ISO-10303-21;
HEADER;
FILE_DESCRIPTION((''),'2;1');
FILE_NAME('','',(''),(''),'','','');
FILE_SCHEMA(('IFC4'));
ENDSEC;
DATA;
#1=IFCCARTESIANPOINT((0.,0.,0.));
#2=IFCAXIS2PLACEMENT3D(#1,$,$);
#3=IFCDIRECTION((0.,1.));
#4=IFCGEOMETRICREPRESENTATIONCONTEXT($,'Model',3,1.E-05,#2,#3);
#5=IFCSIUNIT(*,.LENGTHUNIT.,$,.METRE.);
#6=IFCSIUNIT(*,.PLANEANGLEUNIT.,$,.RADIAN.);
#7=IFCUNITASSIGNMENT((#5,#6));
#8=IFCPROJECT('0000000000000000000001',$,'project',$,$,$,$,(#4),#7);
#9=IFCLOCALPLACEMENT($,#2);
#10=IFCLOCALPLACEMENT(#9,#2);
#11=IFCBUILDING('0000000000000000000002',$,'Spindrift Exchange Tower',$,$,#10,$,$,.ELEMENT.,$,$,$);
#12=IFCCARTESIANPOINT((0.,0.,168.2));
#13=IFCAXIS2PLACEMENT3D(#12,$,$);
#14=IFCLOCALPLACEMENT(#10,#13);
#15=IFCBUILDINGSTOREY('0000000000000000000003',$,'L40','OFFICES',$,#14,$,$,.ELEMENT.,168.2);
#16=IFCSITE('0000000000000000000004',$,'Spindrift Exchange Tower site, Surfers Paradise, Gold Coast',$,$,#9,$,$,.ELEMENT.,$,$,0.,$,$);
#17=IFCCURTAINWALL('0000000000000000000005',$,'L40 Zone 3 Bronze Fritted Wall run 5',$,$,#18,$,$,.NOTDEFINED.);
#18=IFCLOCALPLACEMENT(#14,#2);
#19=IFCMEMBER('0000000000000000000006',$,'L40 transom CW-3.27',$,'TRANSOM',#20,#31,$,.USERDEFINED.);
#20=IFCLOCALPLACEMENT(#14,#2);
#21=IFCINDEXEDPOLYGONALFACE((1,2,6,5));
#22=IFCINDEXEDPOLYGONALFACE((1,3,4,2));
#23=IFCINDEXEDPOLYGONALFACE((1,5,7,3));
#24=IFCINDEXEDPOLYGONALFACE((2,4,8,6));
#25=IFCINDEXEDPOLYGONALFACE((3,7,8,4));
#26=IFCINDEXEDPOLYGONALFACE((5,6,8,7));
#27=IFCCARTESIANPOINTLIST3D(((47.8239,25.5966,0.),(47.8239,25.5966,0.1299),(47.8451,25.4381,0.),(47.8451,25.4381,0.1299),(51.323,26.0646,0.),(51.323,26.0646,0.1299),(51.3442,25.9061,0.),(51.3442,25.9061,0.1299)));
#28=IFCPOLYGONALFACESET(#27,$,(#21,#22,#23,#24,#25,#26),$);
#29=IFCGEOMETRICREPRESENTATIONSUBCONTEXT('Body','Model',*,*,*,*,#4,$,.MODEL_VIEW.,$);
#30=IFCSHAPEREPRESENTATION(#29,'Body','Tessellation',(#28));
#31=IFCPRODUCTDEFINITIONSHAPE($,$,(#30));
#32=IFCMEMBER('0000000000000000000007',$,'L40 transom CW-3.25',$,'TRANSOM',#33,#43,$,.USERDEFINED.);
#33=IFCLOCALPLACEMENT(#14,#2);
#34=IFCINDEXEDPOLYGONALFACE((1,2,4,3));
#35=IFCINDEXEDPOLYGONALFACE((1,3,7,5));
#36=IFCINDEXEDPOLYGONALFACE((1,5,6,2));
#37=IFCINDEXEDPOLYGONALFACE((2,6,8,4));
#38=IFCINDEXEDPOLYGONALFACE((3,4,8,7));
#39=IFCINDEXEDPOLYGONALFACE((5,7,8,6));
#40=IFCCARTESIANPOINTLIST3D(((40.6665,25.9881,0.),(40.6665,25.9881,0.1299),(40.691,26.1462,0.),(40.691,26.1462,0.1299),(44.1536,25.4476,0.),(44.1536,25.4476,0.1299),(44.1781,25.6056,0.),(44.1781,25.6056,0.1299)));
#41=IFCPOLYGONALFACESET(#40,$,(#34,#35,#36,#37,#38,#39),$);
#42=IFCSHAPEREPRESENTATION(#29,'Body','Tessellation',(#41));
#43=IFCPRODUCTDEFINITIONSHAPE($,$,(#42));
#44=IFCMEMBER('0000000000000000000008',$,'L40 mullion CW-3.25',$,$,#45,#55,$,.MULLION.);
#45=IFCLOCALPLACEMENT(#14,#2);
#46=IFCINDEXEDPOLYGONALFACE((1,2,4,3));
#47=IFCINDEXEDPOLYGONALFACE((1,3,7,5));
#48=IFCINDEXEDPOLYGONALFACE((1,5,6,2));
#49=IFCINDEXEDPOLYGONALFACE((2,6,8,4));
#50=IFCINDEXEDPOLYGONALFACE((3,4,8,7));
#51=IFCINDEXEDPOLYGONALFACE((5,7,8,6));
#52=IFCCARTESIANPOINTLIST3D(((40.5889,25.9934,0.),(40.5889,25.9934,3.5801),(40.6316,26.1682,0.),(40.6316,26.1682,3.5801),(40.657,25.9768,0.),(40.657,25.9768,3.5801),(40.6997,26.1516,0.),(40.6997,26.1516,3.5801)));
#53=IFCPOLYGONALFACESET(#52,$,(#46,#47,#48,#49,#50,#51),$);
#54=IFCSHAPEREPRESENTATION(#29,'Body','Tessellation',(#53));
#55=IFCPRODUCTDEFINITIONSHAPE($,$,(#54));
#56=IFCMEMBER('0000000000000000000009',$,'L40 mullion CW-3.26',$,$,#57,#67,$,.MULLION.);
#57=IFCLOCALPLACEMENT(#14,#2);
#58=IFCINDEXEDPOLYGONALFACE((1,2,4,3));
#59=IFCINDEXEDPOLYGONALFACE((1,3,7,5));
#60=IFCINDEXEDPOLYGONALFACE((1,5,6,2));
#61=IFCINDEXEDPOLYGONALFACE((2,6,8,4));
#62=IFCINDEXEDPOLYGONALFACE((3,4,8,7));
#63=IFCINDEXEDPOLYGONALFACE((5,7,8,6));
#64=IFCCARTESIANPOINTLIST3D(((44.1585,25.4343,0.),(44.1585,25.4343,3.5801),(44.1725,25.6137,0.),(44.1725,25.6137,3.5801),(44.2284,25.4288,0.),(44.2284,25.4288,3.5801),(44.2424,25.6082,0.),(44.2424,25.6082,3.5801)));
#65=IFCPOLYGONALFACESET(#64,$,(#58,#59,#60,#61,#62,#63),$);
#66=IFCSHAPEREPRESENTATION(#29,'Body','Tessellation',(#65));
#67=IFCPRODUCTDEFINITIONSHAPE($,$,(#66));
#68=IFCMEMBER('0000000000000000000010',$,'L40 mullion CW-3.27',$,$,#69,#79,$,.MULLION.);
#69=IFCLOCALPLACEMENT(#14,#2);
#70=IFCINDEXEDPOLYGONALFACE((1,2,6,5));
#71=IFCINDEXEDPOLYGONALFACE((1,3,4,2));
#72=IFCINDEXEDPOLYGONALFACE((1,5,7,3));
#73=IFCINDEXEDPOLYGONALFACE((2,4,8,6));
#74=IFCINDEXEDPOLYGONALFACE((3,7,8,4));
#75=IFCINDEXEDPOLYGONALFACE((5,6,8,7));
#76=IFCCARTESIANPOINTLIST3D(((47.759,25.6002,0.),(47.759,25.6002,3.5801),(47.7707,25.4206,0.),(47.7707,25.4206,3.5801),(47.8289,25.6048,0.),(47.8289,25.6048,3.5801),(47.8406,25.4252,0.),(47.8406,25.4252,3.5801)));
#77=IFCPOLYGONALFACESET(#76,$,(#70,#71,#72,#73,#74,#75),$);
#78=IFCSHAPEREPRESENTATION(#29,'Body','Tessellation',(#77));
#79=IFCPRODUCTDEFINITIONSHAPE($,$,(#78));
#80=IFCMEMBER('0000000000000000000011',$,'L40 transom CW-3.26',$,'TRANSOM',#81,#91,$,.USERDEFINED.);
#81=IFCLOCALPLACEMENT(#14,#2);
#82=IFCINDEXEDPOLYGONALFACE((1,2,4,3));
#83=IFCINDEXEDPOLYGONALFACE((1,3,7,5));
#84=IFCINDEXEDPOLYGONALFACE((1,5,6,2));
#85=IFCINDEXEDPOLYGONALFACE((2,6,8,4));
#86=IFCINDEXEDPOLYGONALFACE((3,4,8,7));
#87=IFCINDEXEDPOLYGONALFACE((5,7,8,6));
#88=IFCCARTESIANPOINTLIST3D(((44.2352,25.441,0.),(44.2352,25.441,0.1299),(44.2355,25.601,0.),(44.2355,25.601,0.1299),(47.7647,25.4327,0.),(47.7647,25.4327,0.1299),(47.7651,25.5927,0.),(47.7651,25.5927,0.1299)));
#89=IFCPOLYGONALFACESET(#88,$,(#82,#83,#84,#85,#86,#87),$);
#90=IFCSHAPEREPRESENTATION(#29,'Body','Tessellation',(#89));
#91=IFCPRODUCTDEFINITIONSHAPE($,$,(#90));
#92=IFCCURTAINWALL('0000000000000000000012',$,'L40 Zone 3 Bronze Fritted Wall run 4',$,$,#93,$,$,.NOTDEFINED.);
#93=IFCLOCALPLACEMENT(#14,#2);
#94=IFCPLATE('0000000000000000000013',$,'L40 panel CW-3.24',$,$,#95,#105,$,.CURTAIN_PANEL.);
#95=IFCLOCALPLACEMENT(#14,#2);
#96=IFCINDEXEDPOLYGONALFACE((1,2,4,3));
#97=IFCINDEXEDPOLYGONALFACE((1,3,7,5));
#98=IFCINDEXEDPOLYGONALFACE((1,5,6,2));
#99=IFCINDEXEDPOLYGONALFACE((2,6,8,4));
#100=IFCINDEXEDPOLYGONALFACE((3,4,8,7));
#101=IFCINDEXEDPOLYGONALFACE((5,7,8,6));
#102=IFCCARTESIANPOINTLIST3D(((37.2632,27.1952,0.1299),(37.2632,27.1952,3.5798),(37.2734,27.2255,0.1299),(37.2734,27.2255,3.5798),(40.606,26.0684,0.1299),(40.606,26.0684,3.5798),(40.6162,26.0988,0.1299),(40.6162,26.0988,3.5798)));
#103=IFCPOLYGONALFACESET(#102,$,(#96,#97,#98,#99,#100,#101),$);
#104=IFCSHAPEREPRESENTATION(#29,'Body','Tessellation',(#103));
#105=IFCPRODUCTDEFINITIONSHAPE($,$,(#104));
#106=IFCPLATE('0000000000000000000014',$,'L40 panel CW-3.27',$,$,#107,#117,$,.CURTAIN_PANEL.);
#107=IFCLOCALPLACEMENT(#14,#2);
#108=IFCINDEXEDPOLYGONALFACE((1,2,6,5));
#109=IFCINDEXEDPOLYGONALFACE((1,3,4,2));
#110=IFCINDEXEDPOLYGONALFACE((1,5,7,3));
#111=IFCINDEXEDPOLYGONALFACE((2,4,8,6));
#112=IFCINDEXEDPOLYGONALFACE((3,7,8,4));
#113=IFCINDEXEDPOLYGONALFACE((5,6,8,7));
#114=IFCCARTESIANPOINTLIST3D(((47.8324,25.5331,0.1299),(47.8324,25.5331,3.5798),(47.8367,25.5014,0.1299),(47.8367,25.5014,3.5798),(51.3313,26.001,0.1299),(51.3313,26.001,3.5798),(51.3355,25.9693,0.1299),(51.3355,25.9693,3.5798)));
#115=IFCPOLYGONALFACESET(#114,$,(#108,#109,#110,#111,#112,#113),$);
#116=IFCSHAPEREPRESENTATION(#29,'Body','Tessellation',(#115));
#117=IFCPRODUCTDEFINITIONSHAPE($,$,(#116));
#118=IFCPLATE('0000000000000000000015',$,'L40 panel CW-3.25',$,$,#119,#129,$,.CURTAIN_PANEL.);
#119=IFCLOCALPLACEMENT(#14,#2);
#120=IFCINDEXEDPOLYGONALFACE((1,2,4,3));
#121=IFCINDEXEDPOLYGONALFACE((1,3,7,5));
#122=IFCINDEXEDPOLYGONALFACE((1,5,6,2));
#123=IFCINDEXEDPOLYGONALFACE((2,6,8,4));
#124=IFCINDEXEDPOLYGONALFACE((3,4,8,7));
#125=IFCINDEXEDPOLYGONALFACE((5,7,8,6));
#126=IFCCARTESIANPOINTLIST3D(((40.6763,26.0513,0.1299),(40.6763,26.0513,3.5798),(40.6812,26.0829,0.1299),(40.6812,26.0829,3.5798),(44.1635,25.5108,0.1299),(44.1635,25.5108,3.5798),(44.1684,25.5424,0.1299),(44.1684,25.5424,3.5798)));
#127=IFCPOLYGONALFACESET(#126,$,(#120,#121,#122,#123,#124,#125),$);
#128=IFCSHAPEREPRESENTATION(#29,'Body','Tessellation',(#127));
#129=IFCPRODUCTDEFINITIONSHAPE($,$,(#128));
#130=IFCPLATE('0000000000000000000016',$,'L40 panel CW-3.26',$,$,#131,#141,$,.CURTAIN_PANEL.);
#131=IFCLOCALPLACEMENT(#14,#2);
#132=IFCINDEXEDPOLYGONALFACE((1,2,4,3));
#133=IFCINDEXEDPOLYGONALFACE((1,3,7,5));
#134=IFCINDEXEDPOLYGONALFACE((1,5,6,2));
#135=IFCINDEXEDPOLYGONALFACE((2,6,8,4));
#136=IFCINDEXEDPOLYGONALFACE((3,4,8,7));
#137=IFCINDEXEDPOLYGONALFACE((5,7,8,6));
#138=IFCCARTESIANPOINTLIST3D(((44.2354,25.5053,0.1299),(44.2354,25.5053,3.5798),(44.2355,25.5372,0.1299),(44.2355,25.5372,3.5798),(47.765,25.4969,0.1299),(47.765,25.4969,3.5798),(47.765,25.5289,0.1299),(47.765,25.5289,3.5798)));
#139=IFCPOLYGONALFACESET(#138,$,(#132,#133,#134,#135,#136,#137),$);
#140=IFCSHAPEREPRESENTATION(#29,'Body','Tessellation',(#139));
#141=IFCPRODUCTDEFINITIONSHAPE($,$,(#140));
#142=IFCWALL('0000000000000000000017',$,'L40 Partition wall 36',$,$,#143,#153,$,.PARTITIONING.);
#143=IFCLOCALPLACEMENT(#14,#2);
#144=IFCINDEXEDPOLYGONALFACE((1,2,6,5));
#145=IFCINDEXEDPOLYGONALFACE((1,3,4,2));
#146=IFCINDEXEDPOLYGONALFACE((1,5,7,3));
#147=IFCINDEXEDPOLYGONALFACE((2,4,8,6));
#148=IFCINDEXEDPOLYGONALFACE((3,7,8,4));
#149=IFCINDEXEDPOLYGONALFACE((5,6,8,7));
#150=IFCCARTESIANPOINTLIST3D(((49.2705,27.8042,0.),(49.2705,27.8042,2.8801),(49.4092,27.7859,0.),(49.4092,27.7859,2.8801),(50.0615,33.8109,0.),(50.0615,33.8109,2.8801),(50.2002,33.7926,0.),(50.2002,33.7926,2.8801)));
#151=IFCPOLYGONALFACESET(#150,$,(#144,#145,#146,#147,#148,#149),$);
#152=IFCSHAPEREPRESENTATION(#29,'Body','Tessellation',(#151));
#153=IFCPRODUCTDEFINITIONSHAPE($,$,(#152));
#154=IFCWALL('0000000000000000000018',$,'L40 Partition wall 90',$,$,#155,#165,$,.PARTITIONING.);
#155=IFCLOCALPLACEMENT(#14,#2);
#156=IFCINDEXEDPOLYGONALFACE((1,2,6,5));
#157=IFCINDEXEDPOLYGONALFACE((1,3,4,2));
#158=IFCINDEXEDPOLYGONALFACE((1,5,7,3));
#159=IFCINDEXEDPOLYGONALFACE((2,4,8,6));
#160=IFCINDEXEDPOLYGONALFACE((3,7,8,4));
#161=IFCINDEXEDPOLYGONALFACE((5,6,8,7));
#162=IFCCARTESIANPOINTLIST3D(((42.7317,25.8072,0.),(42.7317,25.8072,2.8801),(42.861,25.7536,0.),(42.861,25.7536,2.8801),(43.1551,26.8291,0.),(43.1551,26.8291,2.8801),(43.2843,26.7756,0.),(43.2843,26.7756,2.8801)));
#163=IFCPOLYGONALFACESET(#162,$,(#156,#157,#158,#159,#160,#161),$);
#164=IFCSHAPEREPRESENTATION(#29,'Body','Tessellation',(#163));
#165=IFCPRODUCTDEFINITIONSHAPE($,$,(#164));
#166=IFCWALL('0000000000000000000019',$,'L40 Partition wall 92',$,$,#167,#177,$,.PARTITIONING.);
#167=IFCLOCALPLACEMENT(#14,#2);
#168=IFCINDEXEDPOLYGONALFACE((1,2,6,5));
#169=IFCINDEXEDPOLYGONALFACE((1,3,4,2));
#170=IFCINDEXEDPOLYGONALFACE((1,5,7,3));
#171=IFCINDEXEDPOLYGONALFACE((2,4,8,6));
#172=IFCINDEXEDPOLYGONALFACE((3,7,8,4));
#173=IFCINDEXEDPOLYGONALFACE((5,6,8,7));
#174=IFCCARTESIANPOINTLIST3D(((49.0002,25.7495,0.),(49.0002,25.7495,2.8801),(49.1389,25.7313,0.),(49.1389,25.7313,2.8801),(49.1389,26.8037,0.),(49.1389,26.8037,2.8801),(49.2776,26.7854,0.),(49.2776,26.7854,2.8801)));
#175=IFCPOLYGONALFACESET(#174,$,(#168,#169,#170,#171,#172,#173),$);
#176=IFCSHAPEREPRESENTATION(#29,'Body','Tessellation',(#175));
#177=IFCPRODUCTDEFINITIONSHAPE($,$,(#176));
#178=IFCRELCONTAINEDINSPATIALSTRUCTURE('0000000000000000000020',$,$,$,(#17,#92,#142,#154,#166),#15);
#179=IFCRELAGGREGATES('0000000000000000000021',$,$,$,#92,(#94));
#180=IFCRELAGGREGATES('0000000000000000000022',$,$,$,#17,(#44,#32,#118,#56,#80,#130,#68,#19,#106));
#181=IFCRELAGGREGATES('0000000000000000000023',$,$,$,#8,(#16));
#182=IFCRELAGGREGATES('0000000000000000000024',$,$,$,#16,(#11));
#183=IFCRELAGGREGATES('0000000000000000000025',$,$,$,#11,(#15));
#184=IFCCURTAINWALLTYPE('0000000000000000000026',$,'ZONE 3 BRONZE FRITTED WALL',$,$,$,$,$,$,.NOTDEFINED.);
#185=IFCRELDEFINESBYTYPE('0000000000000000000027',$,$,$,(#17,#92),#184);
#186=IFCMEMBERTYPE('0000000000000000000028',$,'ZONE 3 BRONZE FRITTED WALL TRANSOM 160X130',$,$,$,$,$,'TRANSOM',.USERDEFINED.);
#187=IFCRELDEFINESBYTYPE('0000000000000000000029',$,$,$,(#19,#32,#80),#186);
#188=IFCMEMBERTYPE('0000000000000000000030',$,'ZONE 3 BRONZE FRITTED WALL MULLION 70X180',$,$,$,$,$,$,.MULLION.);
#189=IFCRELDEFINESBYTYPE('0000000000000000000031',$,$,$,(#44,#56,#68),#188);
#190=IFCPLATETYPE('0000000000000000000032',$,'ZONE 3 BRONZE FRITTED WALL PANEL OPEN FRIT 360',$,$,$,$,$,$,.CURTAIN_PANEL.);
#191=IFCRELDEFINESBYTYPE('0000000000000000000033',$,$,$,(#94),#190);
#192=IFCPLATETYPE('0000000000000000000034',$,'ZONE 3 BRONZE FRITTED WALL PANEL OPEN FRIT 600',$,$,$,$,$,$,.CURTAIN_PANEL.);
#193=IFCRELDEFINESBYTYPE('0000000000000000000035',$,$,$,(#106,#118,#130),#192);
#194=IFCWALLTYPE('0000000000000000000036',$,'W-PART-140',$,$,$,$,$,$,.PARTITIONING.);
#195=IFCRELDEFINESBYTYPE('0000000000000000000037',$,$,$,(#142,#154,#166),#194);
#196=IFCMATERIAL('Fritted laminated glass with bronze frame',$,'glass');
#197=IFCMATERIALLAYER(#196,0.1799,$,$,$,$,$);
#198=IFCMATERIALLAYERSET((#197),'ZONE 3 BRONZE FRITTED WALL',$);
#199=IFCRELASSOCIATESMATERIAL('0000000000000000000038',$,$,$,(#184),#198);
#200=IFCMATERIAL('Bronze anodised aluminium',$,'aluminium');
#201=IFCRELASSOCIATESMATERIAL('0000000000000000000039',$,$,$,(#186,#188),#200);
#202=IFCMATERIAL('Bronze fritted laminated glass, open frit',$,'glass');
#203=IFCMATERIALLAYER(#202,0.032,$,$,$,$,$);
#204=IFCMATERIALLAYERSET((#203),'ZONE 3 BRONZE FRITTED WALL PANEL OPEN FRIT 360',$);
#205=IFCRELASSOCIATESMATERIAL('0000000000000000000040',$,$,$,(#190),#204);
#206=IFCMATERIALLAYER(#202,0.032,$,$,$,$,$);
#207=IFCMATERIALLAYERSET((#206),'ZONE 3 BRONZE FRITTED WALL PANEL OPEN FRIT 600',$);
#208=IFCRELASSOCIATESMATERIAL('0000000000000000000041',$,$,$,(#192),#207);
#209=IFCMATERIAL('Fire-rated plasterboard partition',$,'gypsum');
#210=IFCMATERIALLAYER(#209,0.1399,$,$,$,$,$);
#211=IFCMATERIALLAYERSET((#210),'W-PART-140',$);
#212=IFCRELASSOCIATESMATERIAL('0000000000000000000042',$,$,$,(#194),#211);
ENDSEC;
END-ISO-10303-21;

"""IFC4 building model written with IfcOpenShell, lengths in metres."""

from ifc_helpers import new_model, si_unit, direction, frame, frame_2d, origin, origin_2d, place, context, subcontext, project, spatial, rectangle, extrude, source, transform, mapped, material, layer, layer_set, material_profile, profile_set, type_object, element, aggregate, save


model = new_model("IFC4")

# Units and contexts
model_context = context("Model", 3, precision=1e-05, world=origin(), true_north=direction((0.0, 1.0)))
body_context = subcontext(model_context, "Body", "Model", "MODEL_VIEW")
ifc_project = project(units=[si_unit("LENGTHUNIT", "METRE"), si_unit("PLANEANGLEUNIT", "RADIAN")], contexts=[model_context])

# Site, building, storey
site_placement = place(None, origin())
site = spatial("IfcSite", under=ifc_project, at=site_placement, Name="Spindrift Exchange Tower site, Surfers Paradise, Gold Coast", CompositionType="ELEMENT", RefElevation=0.0)
building_placement = place(site_placement, origin())
building = spatial("IfcBuilding", under=site, at=building_placement, Name="Spindrift Exchange Tower", CompositionType="ELEMENT")
storey_placement = place(building_placement, frame((0.0, 0.0, 168.2)))
storey = spatial("IfcBuildingStorey", under=building, at=storey_placement, Name="L40", Description="OFFICES", CompositionType="ELEMENT", Elevation=168.2)

# Curtain wall, members
ifc_material_1 = material(Name="Fritted laminated glass with bronze frame", Category="glass")
ifc_layer_1 = layer(ifc_material_1, 0.1799)
ifc_layer_set_1 = layer_set([ifc_layer_1], Name="ZONE 3 BRONZE FRITTED WALL")
curtain_wall_type = type_object("IfcCurtainWallType", Name="ZONE 3 BRONZE FRITTED WALL", PredefinedType="NOTDEFINED", material=ifc_layer_set_1)
curtain_wall_1_placement = place(storey_placement, origin())
curtain_wall_1 = element("IfcCurtainWall", 1, at=curtain_wall_1_placement, inside=storey, type_object=curtain_wall_type, Name="L40 Zone 3 Bronze Fritted Wall run 5", PredefinedType="NOTDEFINED")
ifc_material_2 = material(Name="Bronze anodised aluminium", Category="aluminium")
ifc_material_profile_1 = material_profile(ifc_material_2, rectangle(XDim=0.1599, YDim=0.1299, at=origin_2d()), Name="ZONE 3 BRONZE FRITTED WALL TRANSOM 160X130")
ifc_profile_set_1 = profile_set([ifc_material_profile_1], Name="Bronze anodised aluminium")
member_type_1 = type_object("IfcMemberType", Name="ZONE 3 BRONZE FRITTED WALL TRANSOM 160X130", ElementType="TRANSOM", PredefinedType="USERDEFINED", material=ifc_profile_set_1)
shared_shape_1 = source(origin(), body_context, "Body", "SweptSolid", [
    extrude(rectangle(XDim=0.1599, YDim=0.1299, at=origin_2d()), origin(), (0.0, 0.0, 1.0), 3.5303),
])
member_1_placement = place(storey_placement, frame((47.8345, 25.5173, 0.0649), z_axis=(0.991173, 0.132576, 0.0), x_axis=(-0.132576, 0.991173, 0.0)))
member_1 = element("IfcMember", 2, at=member_1_placement, type_object=member_type_1, Name="L40 transom CW-3.27", ObjectType="TRANSOM", PredefinedType="USERDEFINED", context=body_context, shape_type="MappedRepresentation", body=[
    mapped(shared_shape_1, transform((0.0, 0.0, 0.0), scale=1.0)),
])
shared_shape_2 = source(origin(), body_context, "Body", "SweptSolid", [
    extrude(rectangle(XDim=0.1599, YDim=0.1299, at=origin_2d()), origin(), (0.0, 0.0, 1.0), 3.5288),
])
member_2_placement = place(storey_placement, frame((40.6787, 26.0671, 0.0649), z_axis=(0.988198, -0.15318, 0.0), x_axis=(0.15318, 0.988198, 0.0)))
member_2 = element("IfcMember", 3, at=member_2_placement, type_object=member_type_1, Name="L40 transom CW-3.25", ObjectType="TRANSOM", PredefinedType="USERDEFINED", context=body_context, shape_type="MappedRepresentation", body=[
    mapped(shared_shape_2, transform((0.0, 0.0, 0.0), scale=1.0)),
])
ifc_material_profile_2 = material_profile(ifc_material_2, rectangle(XDim=0.0701, YDim=0.1799, at=origin_2d()), Name="ZONE 3 BRONZE FRITTED WALL MULLION 70X180")
ifc_profile_set_2 = profile_set([ifc_material_profile_2], Name="Bronze anodised aluminium")
member_type_2 = type_object("IfcMemberType", Name="ZONE 3 BRONZE FRITTED WALL MULLION 70X180", PredefinedType="MULLION", material=ifc_profile_set_2)
shared_shape_3 = source(origin(), body_context, "Body", "SweptSolid", [
    extrude(rectangle(XDim=0.0701, YDim=0.1799, at=origin_2d()), origin(), (0.0, 0.0, 1.0), 3.5801),
])
member_3_placement = place(storey_placement, frame((40.6443, 26.0725, 0.0), z_axis=(0.0, 0.0, 1.0), x_axis=(0.971471, -0.237159, 0.0)))
member_3 = element("IfcMember", 4, at=member_3_placement, type_object=member_type_2, Name="L40 mullion CW-3.25", PredefinedType="MULLION", context=body_context, shape_type="MappedRepresentation", body=[
    mapped(shared_shape_3, transform((0.0, 0.0, 0.0), scale=1.0)),
])
member_4_placement = place(storey_placement, frame((44.2004, 25.5212, 0.0), z_axis=(0.0, 0.0, 1.0), x_axis=(0.996954, -0.077988, 0.0)))
member_4 = element("IfcMember", 5, at=member_4_placement, type_object=member_type_2, Name="L40 mullion CW-3.26", PredefinedType="MULLION", context=body_context, shape_type="MappedRepresentation", body=[
    mapped(shared_shape_3, transform((0.0, 0.0, 0.0), scale=1.0)),
])
member_5_placement = place(storey_placement, frame((47.7998, 25.5127, 0.0), z_axis=(0.0, 0.0, 1.0), x_axis=(0.997869, 0.065245, 0.0)))
member_5 = element("IfcMember", 6, at=member_5_placement, type_object=member_type_2, Name="L40 mullion CW-3.27", PredefinedType="MULLION", context=body_context, shape_type="MappedRepresentation", body=[
    mapped(shared_shape_3, transform((0.0, 0.0, 0.0), scale=1.0)),
])
shared_shape_4 = source(origin(), body_context, "Body", "SweptSolid", [
    extrude(rectangle(XDim=0.1599, YDim=0.1299, at=origin_2d()), origin(), (0.0, 0.0, 1.0), 3.5295),
])
member_6_placement = place(storey_placement, frame((44.2354, 25.521, 0.0649), z_axis=(0.999997, -0.002352, 0.0), x_axis=(0.002352, 0.999997, 0.0)))
member_6 = element("IfcMember", 7, at=member_6_placement, type_object=member_type_1, Name="L40 transom CW-3.26", ObjectType="TRANSOM", PredefinedType="USERDEFINED", context=body_context, shape_type="MappedRepresentation", body=[
    mapped(shared_shape_4, transform((0.0, 0.0, 0.0), scale=1.0)),
])

# Curtain wall, plate
curtain_wall_2_placement = place(storey_placement, origin())
curtain_wall_2 = element("IfcCurtainWall", 8, at=curtain_wall_2_placement, inside=storey, type_object=curtain_wall_type, Name="L40 Zone 3 Bronze Fritted Wall run 4", PredefinedType="NOTDEFINED")
ifc_material_3 = material(Name="Bronze fritted laminated glass, open frit", Category="glass")
ifc_layer_2 = layer(ifc_material_3, 0.032)
ifc_layer_set_2 = layer_set([ifc_layer_2], Name="ZONE 3 BRONZE FRITTED WALL PANEL OPEN FRIT 360")
plate_type_1 = type_object("IfcPlateType", Name="ZONE 3 BRONZE FRITTED WALL PANEL OPEN FRIT 360", PredefinedType="CURTAIN_PANEL", material=ifc_layer_set_2)
shared_shape_5 = source(origin(), body_context, "Body", "SweptSolid", [
    extrude(rectangle(XDim=3.5276, YDim=0.032, at=origin_2d()), origin(), (0.0, 0.0, 1.0), 3.45),
])
plate_1_placement = place(storey_placement, frame((38.9397, 26.647, 0.1299), z_axis=(0.0, 0.0, 1.0), x_axis=(0.947616, -0.319411, 0.0)))
plate_1 = element("IfcPlate", 9, at=plate_1_placement, type_object=plate_type_1, Name="L40 panel CW-3.24", PredefinedType="CURTAIN_PANEL", context=body_context, shape_type="MappedRepresentation", body=[
    mapped(shared_shape_5, transform((0.0, 0.0, 0.0), scale=1.0)),
])
aggregate(curtain_wall_2, [plate_1])

# Plates
ifc_layer_3 = layer(ifc_material_3, 0.032)
ifc_layer_set_3 = layer_set([ifc_layer_3], Name="ZONE 3 BRONZE FRITTED WALL PANEL OPEN FRIT 600")
plate_type_2 = type_object("IfcPlateType", Name="ZONE 3 BRONZE FRITTED WALL PANEL OPEN FRIT 600", PredefinedType="CURTAIN_PANEL", material=ifc_layer_set_3)
shared_shape_6 = source(origin(), body_context, "Body", "SweptSolid", [
    extrude(rectangle(XDim=3.53, YDim=0.032, at=origin_2d()), origin(), (0.0, 0.0, 1.0), 3.45),
])
plate_2_placement = place(storey_placement, frame((49.584, 25.7512, 0.1299), z_axis=(0.0, 0.0, 1.0), x_axis=(0.991176, 0.132552, 0.0)))
plate_2 = element("IfcPlate", 10, at=plate_2_placement, type_object=plate_type_2, Name="L40 panel CW-3.27", PredefinedType="CURTAIN_PANEL", context=body_context, shape_type="MappedRepresentation", body=[
    mapped(shared_shape_6, transform((0.0, 0.0, 0.0), scale=1.0)),
])
shared_shape_7 = source(origin(), body_context, "Body", "SweptSolid", [
    extrude(rectangle(XDim=3.5288, YDim=0.032, at=origin_2d()), origin(), (0.0, 0.0, 1.0), 3.45),
])
plate_3_placement = place(storey_placement, frame((42.4224, 25.7969, 0.1299), z_axis=(0.0, 0.0, 1.0), x_axis=(0.9882, -0.153169, 0.0)))
plate_3 = element("IfcPlate", 11, at=plate_3_placement, type_object=plate_type_2, Name="L40 panel CW-3.25", PredefinedType="CURTAIN_PANEL", context=body_context, shape_type="MappedRepresentation", body=[
    mapped(shared_shape_7, transform((0.0, 0.0, 0.0), scale=1.0)),
])
shared_shape_8 = source(origin(), body_context, "Body", "SweptSolid", [
    extrude(rectangle(XDim=3.5295, YDim=0.032, at=origin_2d()), origin(), (0.0, 0.0, 1.0), 3.45),
])
plate_4_placement = place(storey_placement, frame((46.0002, 25.5171, 0.1299), z_axis=(0.0, 0.0, 1.0), x_axis=(0.999997, -0.002361, 0.0)))
plate_4 = element("IfcPlate", 12, at=plate_4_placement, type_object=plate_type_2, Name="L40 panel CW-3.26", PredefinedType="CURTAIN_PANEL", context=body_context, shape_type="MappedRepresentation", body=[
    mapped(shared_shape_8, transform((0.0, 0.0, 0.0), scale=1.0)),
])
aggregate(curtain_wall_1, [member_3, member_2, plate_3, member_4, member_6, plate_4, member_5, member_1, plate_2])

# Walls
ifc_material_4 = material(Name="Fire-rated plasterboard partition", Category="gypsum")
ifc_layer_4 = layer(ifc_material_4, 0.1399)
ifc_layer_set_4 = layer_set([ifc_layer_4], Name="W-PART-140")
wall_type = type_object("IfcWallType", Name="W-PART-140", PredefinedType="PARTITIONING", material=ifc_layer_set_4)
wall_1_placement = place(storey_placement, frame((50.1309, 33.8018, 0.0), z_axis=(0.0, 0.0, 1.0), x_axis=(-0.130559, -0.991441, 0.0)))
element("IfcWall", 13, at=wall_1_placement, inside=storey, type_object=wall_type, Name="L40 Partition wall 36", PredefinedType="PARTITIONING", context=body_context, shape_type="SweptSolid", body=[
    extrude(rectangle(XDim=6.0586, YDim=0.1399, at=frame_2d((3.0293, 0.0))), origin(), (0.0, 0.0, 1.0), 2.8801),
])
wall_2_placement = place(storey_placement, frame((43.2197, 26.8025, 0.0), z_axis=(0.0, 0.0, 1.0), x_axis=(-0.382703, -0.923872, 0.0)))
element("IfcWall", 14, at=wall_2_placement, inside=storey, type_object=wall_type, Name="L40 Partition wall 90", PredefinedType="PARTITIONING", context=body_context, shape_type="SweptSolid", body=[
    extrude(rectangle(XDim=1.1062, YDim=0.1399, at=frame_2d((0.5532, 0.0))), origin(), (0.0, 0.0, 1.0), 2.8801),
])
wall_3_placement = place(storey_placement, frame((49.2083, 26.7947, 0.0), z_axis=(0.0, 0.0, 1.0), x_axis=(-0.130419, -0.991459, 0.0)))
element("IfcWall", 15, at=wall_3_placement, inside=storey, type_object=wall_type, Name="L40 Partition wall 92", PredefinedType="PARTITIONING", context=body_context, shape_type="SweptSolid", body=[
    extrude(rectangle(XDim=1.0632, YDim=0.1399, at=frame_2d((0.5317, 0.0))), origin(), (0.0, 0.0, 1.0), 2.8801),
])

save(model, "model.ifc")
